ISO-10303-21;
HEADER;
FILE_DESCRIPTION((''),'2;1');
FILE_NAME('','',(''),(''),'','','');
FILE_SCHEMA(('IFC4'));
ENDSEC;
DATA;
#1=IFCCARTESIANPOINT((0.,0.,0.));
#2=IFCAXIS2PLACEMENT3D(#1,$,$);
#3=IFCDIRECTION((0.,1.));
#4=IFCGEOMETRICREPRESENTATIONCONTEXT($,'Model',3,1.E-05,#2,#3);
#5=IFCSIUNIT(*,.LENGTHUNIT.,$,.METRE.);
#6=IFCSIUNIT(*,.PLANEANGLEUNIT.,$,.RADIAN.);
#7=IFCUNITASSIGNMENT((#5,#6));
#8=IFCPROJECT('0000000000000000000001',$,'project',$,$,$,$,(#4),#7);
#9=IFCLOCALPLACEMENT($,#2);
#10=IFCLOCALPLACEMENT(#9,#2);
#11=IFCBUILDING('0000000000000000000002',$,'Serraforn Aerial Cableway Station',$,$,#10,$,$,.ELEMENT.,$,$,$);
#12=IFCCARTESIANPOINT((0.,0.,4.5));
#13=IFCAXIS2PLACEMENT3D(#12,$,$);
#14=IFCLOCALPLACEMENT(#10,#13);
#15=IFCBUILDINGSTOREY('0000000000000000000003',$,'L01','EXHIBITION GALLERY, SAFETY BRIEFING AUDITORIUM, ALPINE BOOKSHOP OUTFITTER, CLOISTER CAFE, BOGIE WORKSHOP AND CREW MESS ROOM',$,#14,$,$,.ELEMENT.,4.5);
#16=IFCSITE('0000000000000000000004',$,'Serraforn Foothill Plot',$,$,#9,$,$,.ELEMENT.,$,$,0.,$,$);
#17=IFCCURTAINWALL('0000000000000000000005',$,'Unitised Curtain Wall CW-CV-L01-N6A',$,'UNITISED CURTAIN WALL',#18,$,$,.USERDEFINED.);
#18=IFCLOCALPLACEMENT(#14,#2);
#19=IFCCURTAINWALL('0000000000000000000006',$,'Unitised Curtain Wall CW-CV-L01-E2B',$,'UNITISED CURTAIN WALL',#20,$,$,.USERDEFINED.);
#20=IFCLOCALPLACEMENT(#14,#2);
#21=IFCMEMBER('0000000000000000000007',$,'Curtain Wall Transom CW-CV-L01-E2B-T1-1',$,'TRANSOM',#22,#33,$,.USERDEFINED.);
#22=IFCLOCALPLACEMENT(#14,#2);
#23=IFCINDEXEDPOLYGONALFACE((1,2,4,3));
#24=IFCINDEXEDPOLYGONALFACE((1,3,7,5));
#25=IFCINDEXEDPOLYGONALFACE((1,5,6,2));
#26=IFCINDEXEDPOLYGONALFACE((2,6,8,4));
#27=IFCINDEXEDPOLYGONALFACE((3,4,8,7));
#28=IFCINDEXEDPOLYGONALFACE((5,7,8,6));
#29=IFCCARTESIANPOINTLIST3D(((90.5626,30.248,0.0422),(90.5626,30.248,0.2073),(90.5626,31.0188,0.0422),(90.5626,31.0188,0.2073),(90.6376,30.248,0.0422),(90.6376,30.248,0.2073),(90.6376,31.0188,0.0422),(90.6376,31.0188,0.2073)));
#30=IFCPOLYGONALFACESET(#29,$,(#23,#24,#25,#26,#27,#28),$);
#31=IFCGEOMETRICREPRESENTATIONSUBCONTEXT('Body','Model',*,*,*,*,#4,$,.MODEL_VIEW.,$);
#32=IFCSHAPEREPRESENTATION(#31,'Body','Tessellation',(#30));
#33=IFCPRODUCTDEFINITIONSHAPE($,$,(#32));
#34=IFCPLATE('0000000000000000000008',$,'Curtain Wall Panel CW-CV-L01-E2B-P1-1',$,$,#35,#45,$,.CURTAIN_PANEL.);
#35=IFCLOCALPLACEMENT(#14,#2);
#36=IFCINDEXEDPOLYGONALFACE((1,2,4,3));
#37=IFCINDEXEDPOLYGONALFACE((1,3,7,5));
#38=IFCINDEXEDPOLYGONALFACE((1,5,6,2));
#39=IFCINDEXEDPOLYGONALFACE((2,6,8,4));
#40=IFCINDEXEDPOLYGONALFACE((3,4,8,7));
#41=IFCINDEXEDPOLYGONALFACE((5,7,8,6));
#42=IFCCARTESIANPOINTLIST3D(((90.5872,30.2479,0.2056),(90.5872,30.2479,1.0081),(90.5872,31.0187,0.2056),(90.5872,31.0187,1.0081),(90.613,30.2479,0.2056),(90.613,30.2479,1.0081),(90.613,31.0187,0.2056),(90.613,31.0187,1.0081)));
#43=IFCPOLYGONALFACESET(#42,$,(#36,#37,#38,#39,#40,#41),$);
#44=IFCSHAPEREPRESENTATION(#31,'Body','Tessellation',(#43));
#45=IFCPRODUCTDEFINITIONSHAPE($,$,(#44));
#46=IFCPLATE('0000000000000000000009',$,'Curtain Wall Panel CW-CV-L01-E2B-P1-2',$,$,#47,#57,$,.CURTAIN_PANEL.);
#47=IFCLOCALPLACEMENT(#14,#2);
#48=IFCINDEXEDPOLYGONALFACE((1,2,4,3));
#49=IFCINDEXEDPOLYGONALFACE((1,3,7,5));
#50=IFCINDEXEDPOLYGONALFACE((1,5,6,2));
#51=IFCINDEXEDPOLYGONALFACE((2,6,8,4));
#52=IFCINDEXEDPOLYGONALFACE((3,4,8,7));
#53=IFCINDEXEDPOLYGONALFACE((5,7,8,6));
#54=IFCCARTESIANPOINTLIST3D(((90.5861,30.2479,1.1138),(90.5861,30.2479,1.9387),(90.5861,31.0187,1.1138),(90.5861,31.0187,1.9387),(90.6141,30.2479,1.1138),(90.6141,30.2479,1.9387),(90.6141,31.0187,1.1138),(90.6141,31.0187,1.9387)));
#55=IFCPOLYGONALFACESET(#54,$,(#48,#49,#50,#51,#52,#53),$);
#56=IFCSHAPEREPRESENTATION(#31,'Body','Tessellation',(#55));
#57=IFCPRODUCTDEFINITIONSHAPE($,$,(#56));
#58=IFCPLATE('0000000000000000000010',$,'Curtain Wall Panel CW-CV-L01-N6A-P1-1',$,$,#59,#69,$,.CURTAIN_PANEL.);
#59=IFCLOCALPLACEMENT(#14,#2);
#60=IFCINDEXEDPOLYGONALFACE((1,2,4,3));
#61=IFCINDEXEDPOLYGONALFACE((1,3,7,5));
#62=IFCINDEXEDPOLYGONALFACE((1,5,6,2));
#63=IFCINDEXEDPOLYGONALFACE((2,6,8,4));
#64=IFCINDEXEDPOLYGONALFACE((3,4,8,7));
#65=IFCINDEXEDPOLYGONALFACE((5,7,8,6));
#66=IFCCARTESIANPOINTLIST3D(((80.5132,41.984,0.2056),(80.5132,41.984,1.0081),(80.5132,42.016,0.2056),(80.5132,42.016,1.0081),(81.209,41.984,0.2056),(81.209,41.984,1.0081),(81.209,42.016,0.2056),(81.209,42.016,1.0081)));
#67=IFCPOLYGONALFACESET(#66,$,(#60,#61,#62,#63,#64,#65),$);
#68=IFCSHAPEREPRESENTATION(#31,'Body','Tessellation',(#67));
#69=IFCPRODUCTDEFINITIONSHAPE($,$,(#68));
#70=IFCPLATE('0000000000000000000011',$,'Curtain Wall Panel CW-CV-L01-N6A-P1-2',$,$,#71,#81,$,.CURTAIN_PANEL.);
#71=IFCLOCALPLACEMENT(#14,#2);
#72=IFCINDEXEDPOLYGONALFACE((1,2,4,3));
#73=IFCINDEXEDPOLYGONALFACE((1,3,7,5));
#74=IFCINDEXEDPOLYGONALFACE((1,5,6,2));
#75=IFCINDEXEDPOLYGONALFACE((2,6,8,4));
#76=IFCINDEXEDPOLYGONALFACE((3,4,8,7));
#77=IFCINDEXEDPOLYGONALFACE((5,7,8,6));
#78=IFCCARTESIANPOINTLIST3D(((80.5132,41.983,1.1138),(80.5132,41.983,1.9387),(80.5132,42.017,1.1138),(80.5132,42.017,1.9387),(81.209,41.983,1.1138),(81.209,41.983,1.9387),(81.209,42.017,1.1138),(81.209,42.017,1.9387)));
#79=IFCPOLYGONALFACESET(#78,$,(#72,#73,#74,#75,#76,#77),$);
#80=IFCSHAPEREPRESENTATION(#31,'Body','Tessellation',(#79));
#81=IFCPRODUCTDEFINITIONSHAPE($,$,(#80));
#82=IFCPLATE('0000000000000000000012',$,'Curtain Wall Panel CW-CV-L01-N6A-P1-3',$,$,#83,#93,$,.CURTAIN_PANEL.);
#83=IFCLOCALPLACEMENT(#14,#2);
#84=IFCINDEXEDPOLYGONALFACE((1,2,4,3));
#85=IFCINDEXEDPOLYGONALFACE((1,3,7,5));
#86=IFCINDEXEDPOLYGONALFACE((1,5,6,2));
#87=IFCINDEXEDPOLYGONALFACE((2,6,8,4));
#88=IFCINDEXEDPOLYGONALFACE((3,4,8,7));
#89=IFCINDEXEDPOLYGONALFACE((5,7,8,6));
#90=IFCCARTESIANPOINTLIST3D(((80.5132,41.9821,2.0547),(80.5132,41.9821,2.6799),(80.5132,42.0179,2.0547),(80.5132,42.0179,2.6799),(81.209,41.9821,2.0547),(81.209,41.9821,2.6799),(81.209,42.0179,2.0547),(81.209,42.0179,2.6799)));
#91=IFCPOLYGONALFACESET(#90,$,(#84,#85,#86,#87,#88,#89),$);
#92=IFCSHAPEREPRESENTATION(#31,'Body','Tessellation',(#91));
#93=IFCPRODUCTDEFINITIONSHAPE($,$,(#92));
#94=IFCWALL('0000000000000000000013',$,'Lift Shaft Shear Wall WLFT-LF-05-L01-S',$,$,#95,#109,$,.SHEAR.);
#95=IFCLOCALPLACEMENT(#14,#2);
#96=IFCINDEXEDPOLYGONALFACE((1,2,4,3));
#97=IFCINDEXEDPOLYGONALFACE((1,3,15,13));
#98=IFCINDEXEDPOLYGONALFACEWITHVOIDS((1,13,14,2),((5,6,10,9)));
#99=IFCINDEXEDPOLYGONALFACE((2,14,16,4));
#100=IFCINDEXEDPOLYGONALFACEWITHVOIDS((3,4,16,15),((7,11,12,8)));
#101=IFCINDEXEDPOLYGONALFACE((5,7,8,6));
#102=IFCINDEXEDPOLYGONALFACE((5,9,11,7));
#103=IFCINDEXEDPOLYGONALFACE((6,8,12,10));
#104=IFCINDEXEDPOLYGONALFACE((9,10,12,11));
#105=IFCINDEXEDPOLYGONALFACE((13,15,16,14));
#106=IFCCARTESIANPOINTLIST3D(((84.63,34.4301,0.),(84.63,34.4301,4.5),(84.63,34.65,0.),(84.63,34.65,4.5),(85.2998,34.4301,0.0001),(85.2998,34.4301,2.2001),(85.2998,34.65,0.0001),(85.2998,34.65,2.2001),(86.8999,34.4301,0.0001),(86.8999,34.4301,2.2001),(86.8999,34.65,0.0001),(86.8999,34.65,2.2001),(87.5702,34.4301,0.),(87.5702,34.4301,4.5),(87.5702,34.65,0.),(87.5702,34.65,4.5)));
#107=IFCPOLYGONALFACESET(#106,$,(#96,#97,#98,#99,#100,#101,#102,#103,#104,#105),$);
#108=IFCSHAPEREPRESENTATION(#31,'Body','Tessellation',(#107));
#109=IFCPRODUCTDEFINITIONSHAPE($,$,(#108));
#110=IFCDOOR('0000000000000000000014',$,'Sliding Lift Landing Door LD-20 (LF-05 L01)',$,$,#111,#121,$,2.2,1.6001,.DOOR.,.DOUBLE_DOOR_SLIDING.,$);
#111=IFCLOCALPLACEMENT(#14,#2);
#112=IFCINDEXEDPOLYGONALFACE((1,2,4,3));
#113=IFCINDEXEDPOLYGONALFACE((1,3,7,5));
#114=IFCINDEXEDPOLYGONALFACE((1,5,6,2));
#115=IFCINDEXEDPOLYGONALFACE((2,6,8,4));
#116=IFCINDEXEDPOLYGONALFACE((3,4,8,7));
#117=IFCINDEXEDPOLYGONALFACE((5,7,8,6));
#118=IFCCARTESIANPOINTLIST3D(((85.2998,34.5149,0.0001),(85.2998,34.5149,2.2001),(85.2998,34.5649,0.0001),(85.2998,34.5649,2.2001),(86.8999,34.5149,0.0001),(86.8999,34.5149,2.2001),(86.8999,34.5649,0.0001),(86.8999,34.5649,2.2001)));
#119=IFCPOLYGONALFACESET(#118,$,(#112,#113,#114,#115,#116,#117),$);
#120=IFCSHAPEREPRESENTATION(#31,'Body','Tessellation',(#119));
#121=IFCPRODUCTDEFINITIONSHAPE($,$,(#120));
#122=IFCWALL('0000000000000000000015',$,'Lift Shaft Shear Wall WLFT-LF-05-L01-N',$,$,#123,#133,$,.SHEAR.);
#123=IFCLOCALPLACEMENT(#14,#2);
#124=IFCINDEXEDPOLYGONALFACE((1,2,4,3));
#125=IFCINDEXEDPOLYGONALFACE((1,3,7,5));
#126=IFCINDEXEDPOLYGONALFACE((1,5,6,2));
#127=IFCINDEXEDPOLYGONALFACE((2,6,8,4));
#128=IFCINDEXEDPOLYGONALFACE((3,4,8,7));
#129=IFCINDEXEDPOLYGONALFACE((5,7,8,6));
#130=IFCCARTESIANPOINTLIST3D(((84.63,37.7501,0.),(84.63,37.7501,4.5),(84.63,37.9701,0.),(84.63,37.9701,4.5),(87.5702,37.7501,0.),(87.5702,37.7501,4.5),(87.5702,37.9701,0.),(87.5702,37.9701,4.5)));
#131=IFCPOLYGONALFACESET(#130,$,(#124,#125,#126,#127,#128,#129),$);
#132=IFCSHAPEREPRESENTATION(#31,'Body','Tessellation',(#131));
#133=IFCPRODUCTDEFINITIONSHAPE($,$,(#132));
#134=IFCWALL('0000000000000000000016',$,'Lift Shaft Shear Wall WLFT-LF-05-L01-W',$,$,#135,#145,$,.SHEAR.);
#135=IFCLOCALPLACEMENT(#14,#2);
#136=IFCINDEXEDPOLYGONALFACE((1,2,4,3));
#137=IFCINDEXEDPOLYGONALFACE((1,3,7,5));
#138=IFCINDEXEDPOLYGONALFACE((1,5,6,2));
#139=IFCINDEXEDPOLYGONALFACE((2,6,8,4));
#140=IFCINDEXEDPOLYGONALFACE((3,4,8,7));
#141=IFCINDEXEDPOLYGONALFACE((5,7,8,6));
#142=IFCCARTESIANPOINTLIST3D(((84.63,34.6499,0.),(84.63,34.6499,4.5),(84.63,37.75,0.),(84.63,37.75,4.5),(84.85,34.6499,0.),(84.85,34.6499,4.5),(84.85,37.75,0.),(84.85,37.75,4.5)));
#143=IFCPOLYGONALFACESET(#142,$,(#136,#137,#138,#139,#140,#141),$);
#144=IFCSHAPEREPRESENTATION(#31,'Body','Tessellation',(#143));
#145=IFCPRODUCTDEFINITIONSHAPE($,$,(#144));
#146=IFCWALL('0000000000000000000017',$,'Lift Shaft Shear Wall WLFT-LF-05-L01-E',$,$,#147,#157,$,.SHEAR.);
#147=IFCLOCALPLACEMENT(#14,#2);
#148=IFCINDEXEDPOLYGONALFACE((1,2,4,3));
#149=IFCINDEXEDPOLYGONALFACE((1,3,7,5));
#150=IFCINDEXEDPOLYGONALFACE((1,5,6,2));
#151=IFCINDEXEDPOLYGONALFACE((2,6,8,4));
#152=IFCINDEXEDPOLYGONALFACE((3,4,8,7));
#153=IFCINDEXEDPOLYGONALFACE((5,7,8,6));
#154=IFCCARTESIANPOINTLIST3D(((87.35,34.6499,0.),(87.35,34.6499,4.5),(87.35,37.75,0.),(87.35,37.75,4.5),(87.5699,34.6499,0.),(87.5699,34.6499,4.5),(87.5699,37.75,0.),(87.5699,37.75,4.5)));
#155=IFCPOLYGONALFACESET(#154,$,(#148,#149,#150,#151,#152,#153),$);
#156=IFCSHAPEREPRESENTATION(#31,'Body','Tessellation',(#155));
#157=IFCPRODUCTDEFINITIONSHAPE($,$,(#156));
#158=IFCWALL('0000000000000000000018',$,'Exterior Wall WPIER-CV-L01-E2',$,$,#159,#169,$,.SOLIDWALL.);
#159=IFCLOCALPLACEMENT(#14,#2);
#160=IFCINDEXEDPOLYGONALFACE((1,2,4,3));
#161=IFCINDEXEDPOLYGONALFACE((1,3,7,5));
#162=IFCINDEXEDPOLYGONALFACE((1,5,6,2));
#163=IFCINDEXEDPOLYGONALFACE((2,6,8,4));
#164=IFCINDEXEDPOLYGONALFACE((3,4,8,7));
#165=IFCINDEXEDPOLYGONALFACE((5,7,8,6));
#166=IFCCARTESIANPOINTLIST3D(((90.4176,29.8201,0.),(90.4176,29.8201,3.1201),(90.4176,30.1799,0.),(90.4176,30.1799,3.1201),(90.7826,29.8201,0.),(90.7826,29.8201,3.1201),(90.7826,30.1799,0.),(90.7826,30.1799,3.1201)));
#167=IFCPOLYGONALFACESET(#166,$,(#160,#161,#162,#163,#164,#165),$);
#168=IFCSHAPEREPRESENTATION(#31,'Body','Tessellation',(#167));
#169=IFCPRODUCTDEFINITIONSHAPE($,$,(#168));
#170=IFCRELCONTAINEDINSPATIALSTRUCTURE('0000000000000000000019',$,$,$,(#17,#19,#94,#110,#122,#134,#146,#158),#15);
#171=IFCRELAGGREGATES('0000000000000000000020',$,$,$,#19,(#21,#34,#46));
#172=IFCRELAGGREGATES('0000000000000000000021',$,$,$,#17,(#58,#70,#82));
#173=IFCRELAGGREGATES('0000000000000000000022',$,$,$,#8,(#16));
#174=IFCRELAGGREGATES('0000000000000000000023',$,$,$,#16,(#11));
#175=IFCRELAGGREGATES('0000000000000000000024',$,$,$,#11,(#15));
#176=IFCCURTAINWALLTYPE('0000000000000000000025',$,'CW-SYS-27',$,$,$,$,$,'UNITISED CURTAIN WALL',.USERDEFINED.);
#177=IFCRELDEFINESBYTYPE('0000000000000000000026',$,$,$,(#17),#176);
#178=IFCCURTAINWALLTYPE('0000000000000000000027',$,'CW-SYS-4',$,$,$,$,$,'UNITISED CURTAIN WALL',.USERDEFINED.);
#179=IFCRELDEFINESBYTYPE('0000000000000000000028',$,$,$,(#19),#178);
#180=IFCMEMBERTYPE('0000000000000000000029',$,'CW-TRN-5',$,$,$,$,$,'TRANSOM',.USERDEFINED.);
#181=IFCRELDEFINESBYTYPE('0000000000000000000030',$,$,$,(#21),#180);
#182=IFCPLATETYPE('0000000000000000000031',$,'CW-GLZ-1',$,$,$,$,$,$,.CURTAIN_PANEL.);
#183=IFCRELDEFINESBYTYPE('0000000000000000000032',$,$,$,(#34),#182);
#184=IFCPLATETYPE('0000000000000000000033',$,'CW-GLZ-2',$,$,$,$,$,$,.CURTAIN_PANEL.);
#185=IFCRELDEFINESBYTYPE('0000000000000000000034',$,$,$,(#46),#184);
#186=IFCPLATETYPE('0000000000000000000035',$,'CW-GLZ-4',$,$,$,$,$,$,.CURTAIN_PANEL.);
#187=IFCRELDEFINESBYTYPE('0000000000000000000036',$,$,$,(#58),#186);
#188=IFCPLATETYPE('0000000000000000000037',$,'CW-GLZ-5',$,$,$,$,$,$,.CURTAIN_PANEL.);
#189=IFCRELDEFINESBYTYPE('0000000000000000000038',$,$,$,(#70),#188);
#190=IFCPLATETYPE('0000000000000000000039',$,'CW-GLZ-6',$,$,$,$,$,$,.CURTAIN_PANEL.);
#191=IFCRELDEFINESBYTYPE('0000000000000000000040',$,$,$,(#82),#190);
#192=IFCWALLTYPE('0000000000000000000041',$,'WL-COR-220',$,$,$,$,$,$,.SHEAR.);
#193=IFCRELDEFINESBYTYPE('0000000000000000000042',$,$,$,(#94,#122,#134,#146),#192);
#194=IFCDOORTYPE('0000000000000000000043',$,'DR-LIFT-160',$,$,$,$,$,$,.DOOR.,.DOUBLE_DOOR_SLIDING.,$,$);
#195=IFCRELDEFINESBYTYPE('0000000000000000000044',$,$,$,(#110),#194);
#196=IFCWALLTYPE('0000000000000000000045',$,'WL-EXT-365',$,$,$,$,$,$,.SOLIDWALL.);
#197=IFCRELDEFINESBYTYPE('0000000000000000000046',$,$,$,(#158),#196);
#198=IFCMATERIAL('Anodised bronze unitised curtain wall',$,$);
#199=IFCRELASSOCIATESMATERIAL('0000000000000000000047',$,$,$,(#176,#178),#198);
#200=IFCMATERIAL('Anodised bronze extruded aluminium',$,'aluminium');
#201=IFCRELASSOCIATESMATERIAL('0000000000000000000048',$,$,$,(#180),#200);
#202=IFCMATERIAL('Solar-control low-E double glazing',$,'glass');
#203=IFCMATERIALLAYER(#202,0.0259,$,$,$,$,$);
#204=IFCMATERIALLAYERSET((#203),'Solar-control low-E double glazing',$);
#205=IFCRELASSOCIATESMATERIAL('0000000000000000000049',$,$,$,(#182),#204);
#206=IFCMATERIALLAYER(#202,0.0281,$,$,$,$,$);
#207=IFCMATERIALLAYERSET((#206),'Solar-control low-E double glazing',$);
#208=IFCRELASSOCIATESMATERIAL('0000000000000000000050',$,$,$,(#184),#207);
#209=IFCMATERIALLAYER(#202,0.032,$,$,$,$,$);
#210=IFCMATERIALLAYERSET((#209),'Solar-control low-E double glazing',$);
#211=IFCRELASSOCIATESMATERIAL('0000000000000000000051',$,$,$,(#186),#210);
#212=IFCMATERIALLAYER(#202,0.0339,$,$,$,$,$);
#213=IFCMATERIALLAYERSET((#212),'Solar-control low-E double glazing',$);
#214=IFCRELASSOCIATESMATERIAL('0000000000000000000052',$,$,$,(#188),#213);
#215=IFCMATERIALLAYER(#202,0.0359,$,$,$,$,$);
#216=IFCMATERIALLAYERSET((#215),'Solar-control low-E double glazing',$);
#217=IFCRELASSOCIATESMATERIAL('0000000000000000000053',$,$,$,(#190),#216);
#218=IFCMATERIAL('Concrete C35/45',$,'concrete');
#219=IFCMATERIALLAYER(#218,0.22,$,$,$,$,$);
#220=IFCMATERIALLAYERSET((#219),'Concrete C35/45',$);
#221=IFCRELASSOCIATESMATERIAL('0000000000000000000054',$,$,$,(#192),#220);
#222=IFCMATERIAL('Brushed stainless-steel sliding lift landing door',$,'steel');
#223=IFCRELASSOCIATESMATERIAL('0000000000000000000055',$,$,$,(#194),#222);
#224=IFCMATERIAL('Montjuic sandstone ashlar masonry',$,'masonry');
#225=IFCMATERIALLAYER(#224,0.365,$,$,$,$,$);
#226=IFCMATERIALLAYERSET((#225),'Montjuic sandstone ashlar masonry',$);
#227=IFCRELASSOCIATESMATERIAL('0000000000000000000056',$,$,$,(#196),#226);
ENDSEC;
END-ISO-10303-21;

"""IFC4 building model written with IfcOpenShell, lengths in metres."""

from ifc_helpers import new_model, si_unit, direction, frame, frame_2d, origin, origin_2d, place, context, subcontext, project, spatial, rectangle, extrude, material, layer, layer_set, material_profile, profile_set, type_object, element, fill, aggregate, save


model = new_model("IFC4")

# Units and contexts
model_context = context("Model", 3, precision=1e-05, world=origin(), true_north=direction((0.0, 1.0)))
body_context = subcontext(model_context, "Body", "Model", "MODEL_VIEW")
ifc_project = project(units=[si_unit("LENGTHUNIT", "METRE"), si_unit("PLANEANGLEUNIT", "RADIAN")], contexts=[model_context])

# Site, building, storey
site_placement = place(None, origin())
site = spatial("IfcSite", under=ifc_project, at=site_placement, Name="Serraforn Foothill Plot", CompositionType="ELEMENT", RefElevation=0.0)
building_placement = place(site_placement, origin())
building = spatial("IfcBuilding", under=site, at=building_placement, Name="Serraforn Aerial Cableway Station", CompositionType="ELEMENT")
storey_placement = place(building_placement, frame((0.0, 0.0, 4.5)))
storey = spatial("IfcBuildingStorey", under=building, at=storey_placement, Name="L01", Description="EXHIBITION GALLERY, SAFETY BRIEFING AUDITORIUM, ALPINE BOOKSHOP OUTFITTER, CLOISTER CAFE, BOGIE WORKSHOP AND CREW MESS ROOM", CompositionType="ELEMENT", Elevation=4.5)

# Shared definitions
ifc_material_1 = material(Name="Concrete C35/45", Category="concrete")

# Curtain walls
ifc_material_2 = material(Name="Anodised bronze unitised curtain wall")
ifc_material_3 = material(Name="Anodised bronze extruded aluminium", Category="aluminium")
curtain_wall_type_1 = type_object("IfcCurtainWallType", Name="CW-SYS-27", ElementType="UNITISED CURTAIN WALL", PredefinedType="USERDEFINED", material=ifc_material_2)
curtain_wall_1_placement = place(storey_placement, origin())
curtain_wall_1 = element("IfcCurtainWall", 1, at=curtain_wall_1_placement, inside=storey, type_object=curtain_wall_type_1, Name="Unitised Curtain Wall CW-CV-L01-N6A", ObjectType="UNITISED CURTAIN WALL", PredefinedType="USERDEFINED")
curtain_wall_type_2 = type_object("IfcCurtainWallType", Name="CW-SYS-4", ElementType="UNITISED CURTAIN WALL", PredefinedType="USERDEFINED", material=ifc_material_2)
curtain_wall_2_placement = place(storey_placement, origin())
curtain_wall_2 = element("IfcCurtainWall", 2, at=curtain_wall_2_placement, inside=storey, type_object=curtain_wall_type_2, Name="Unitised Curtain Wall CW-CV-L01-E2B", ObjectType="UNITISED CURTAIN WALL", PredefinedType="USERDEFINED")

# Member
ifc_material_profile_1 = material_profile(ifc_material_3, rectangle(XDim=0.075, YDim=0.165, at=origin_2d()), Name="CW TRANSOM 75x165")
ifc_profile_set_1 = profile_set([ifc_material_profile_1], Name="Anodised bronze extruded aluminium")
member_type_1 = type_object("IfcMemberType", Name="CW-TRN-5", ElementType="TRANSOM", PredefinedType="USERDEFINED", material=ifc_profile_set_1)
member_1_placement = place(storey_placement, frame((90.6001, 30.248, 0.1248), z_axis=(0.0, 1.0, 0.0), x_axis=(-1.0, 0.0, 0.0)))
member_1 = element("IfcMember", 3, at=member_1_placement, type_object=member_type_1, Name="Curtain Wall Transom CW-CV-L01-E2B-T1-1", ObjectType="TRANSOM", PredefinedType="USERDEFINED", context=body_context, shape_type="SweptSolid", body=[
    extrude(rectangle(XDim=0.075, YDim=0.165, at=origin_2d()), origin(), (0.0, 0.0, 1.0), 0.7708),
])

# Plates
ifc_material_4 = material(Name="Solar-control low-E double glazing", Category="glass")
ifc_layer_1 = layer(ifc_material_4, 0.0259)
ifc_layer_set_1 = layer_set([ifc_layer_1], Name="Solar-control low-E double glazing")
plate_type_1 = type_object("IfcPlateType", Name="CW-GLZ-1", PredefinedType="CURTAIN_PANEL", material=ifc_layer_set_1)
plate_1_placement = place(storey_placement, frame((90.6001, 30.6333, 0.2056), z_axis=(0.0, 0.0, 1.0), x_axis=(1.0, 0.0, 0.0)))
plate_1 = element("IfcPlate", 4, at=plate_1_placement, type_object=plate_type_1, Name="Curtain Wall Panel CW-CV-L01-E2B-P1-1", PredefinedType="CURTAIN_PANEL", context=body_context, shape_type="SweptSolid", body=[
    extrude(rectangle(XDim=0.0259, YDim=0.7708, at=origin_2d()), origin(), (0.0, 0.0, 1.0), 0.8025),
])
ifc_layer_2 = layer(ifc_material_4, 0.0281)
ifc_layer_set_2 = layer_set([ifc_layer_2], Name="Solar-control low-E double glazing")
plate_type_2 = type_object("IfcPlateType", Name="CW-GLZ-2", PredefinedType="CURTAIN_PANEL", material=ifc_layer_set_2)
plate_2_placement = place(storey_placement, frame((90.6001, 30.6333, 1.1138), z_axis=(0.0, 0.0, 1.0), x_axis=(1.0, 0.0, 0.0)))
plate_2 = element("IfcPlate", 5, at=plate_2_placement, type_object=plate_type_2, Name="Curtain Wall Panel CW-CV-L01-E2B-P1-2", PredefinedType="CURTAIN_PANEL", context=body_context, shape_type="SweptSolid", body=[
    extrude(rectangle(XDim=0.0281, YDim=0.7708, at=origin_2d()), origin(), (0.0, 0.0, 1.0), 0.825),
])
aggregate(curtain_wall_2, [member_1, plate_1, plate_2])
ifc_layer_3 = layer(ifc_material_4, 0.032)
ifc_layer_set_3 = layer_set([ifc_layer_3], Name="Solar-control low-E double glazing")
plate_type_3 = type_object("IfcPlateType", Name="CW-GLZ-4", PredefinedType="CURTAIN_PANEL", material=ifc_layer_set_3)
plate_3_placement = place(storey_placement, frame((80.8611, 42.0, 0.2056), z_axis=(0.0, 0.0, 1.0), x_axis=(1.0, 0.0, 0.0)))
plate_3 = element("IfcPlate", 6, at=plate_3_placement, type_object=plate_type_3, Name="Curtain Wall Panel CW-CV-L01-N6A-P1-1", PredefinedType="CURTAIN_PANEL", context=body_context, shape_type="SweptSolid", body=[
    extrude(rectangle(XDim=0.6958, YDim=0.032, at=origin_2d()), origin(), (0.0, 0.0, 1.0), 0.8025),
])
ifc_layer_4 = layer(ifc_material_4, 0.0339)
ifc_layer_set_4 = layer_set([ifc_layer_4], Name="Solar-control low-E double glazing")
plate_type_4 = type_object("IfcPlateType", Name="CW-GLZ-5", PredefinedType="CURTAIN_PANEL", material=ifc_layer_set_4)
plate_4_placement = place(storey_placement, frame((80.8611, 42.0, 1.1138), z_axis=(0.0, 0.0, 1.0), x_axis=(1.0, 0.0, 0.0)))
plate_4 = element("IfcPlate", 7, at=plate_4_placement, type_object=plate_type_4, Name="Curtain Wall Panel CW-CV-L01-N6A-P1-2", PredefinedType="CURTAIN_PANEL", context=body_context, shape_type="SweptSolid", body=[
    extrude(rectangle(XDim=0.6958, YDim=0.0339, at=origin_2d()), origin(), (0.0, 0.0, 1.0), 0.825),
])
ifc_layer_5 = layer(ifc_material_4, 0.0359)
ifc_layer_set_5 = layer_set([ifc_layer_5], Name="Solar-control low-E double glazing")
plate_type_5 = type_object("IfcPlateType", Name="CW-GLZ-6", PredefinedType="CURTAIN_PANEL", material=ifc_layer_set_5)
plate_5_placement = place(storey_placement, frame((80.8611, 42.0, 2.0547), z_axis=(0.0, 0.0, 1.0), x_axis=(1.0, 0.0, 0.0)))
plate_5 = element("IfcPlate", 8, at=plate_5_placement, type_object=plate_type_5, Name="Curtain Wall Panel CW-CV-L01-N6A-P1-3", PredefinedType="CURTAIN_PANEL", context=body_context, shape_type="SweptSolid", body=[
    extrude(rectangle(XDim=0.6958, YDim=0.0359, at=origin_2d()), origin(), (0.0, 0.0, 1.0), 0.6252),
])
aggregate(curtain_wall_1, [plate_3, plate_4, plate_5])

# Wall, opening, door
ifc_layer_6 = layer(ifc_material_1, 0.22)
ifc_layer_set_6 = layer_set([ifc_layer_6], Name="Concrete C35/45")
wall_type_1 = type_object("IfcWallType", Name="WL-COR-220", PredefinedType="SHEAR", material=ifc_layer_set_6)
wall_1_placement = place(storey_placement, frame((84.6299, 34.54, 0.0), z_axis=(0.0, 0.0, 1.0), x_axis=(1.0, 0.0, 0.0)))
wall_1 = element("IfcWall", 9, at=wall_1_placement, inside=storey, type_object=wall_type_1, Name="Lift Shaft Shear Wall WLFT-LF-05-L01-S", PredefinedType="SHEAR", context=body_context, shape_type="SweptSolid", body=[
    extrude(rectangle(XDim=2.9402, YDim=0.22, at=frame_2d((1.4702, 0.0))), origin(), (0.0, 0.0, 1.0), 4.5),
])
opening_1_placement = place(wall_1_placement, frame((0.6699, 0.0, 0.0)))
opening_1 = element("IfcOpeningElement", 10, at=opening_1_placement, cuts=wall_1, PredefinedType="OPENING", context=body_context, shape_type="SweptSolid", body=[
    extrude(rectangle(XDim=1.6001, YDim=2.2, at=frame_2d((0.8, 1.1001))), frame((0.0, 0.1199, 0.0), z_axis=(0.0, -1.0, 0.0), x_axis=(1.0, 0.0, 0.0)), (0.0, 0.0, 1.0), 0.24),
])
ifc_material_5 = material(Name="Brushed stainless-steel sliding lift landing door", Category="steel")
door_type_1 = type_object("IfcDoorType", Name="DR-LIFT-160", OperationType="DOUBLE_DOOR_SLIDING", PredefinedType="DOOR", material=ifc_material_5)
door_1_placement = place(opening_1_placement, origin())
door_1 = element("IfcDoor", 11, at=door_1_placement, inside=storey, type_object=door_type_1, Name="Sliding Lift Landing Door LD-20 (LF-05 L01)", OperationType="DOUBLE_DOOR_SLIDING", OverallHeight=2.2, OverallWidth=1.6001, PredefinedType="DOOR", context=body_context, shape_type="SweptSolid", body=[
    extrude(rectangle(XDim=1.6001, YDim=2.2, at=frame_2d((0.8, 1.1001))), frame((0.0, 0.0249, 0.0), z_axis=(0.0, -1.0, 0.0), x_axis=(1.0, 0.0, 0.0)), (0.0, 0.0, 1.0), 0.05),
])
fill(opening_1, door_1)

# Walls
wall_2_placement = place(storey_placement, frame((84.6299, 37.8601, 0.0), z_axis=(0.0, 0.0, 1.0), x_axis=(1.0, 0.0, 0.0)))
element("IfcWall", 12, at=wall_2_placement, inside=storey, type_object=wall_type_1, Name="Lift Shaft Shear Wall WLFT-LF-05-L01-N", PredefinedType="SHEAR", context=body_context, shape_type="SweptSolid", body=[
    extrude(rectangle(XDim=2.9402, YDim=0.22, at=frame_2d((1.4702, 0.0))), origin(), (0.0, 0.0, 1.0), 4.5),
])
for number, where, z_axis, x_axis, name in (
    (13, (84.74, 34.6499, 0.0), (0.0, 0.0, 1.0), (0.0, 1.0, 0.0), "Lift Shaft Shear Wall WLFT-LF-05-L01-W"),
    (14, (87.46, 34.6499, 0.0), (0.0, 0.0, 1.0), (0.0, 1.0, 0.0), "Lift Shaft Shear Wall WLFT-LF-05-L01-E"),
):
    element("IfcWall", number, at=place(storey_placement, frame(where, z_axis=z_axis, x_axis=x_axis)), inside=storey, type_object=wall_type_1, Name=name, PredefinedType="SHEAR", context=body_context, shape_type="SweptSolid", body=[
        extrude(rectangle(XDim=3.1001, YDim=0.22, at=frame_2d((1.55, 0.0))), origin(), (0.0, 0.0, 1.0), 4.5),
    ])
ifc_material_6 = material(Name="Montjuic sandstone ashlar masonry", Category="masonry")
ifc_layer_7 = layer(ifc_material_6, 0.365)
ifc_layer_set_7 = layer_set([ifc_layer_7], Name="Montjuic sandstone ashlar masonry")
wall_type_2 = type_object("IfcWallType", Name="WL-EXT-365", PredefinedType="SOLIDWALL", material=ifc_layer_set_7)
wall_3_placement = place(storey_placement, frame((90.6001, 29.8201, 0.0), z_axis=(0.0, 0.0, 1.0), x_axis=(0.0, 1.0, 0.0)))
element("IfcWall", 15, at=wall_3_placement, inside=storey, type_object=wall_type_2, Name="Exterior Wall WPIER-CV-L01-E2", PredefinedType="SOLIDWALL", context=body_context, shape_type="SweptSolid", body=[
    extrude(rectangle(XDim=0.3599, YDim=0.365, at=frame_2d((0.1799, 0.0))), origin(), (0.0, 0.0, 1.0), 3.1201),
])

save(model, "model.ifc")
